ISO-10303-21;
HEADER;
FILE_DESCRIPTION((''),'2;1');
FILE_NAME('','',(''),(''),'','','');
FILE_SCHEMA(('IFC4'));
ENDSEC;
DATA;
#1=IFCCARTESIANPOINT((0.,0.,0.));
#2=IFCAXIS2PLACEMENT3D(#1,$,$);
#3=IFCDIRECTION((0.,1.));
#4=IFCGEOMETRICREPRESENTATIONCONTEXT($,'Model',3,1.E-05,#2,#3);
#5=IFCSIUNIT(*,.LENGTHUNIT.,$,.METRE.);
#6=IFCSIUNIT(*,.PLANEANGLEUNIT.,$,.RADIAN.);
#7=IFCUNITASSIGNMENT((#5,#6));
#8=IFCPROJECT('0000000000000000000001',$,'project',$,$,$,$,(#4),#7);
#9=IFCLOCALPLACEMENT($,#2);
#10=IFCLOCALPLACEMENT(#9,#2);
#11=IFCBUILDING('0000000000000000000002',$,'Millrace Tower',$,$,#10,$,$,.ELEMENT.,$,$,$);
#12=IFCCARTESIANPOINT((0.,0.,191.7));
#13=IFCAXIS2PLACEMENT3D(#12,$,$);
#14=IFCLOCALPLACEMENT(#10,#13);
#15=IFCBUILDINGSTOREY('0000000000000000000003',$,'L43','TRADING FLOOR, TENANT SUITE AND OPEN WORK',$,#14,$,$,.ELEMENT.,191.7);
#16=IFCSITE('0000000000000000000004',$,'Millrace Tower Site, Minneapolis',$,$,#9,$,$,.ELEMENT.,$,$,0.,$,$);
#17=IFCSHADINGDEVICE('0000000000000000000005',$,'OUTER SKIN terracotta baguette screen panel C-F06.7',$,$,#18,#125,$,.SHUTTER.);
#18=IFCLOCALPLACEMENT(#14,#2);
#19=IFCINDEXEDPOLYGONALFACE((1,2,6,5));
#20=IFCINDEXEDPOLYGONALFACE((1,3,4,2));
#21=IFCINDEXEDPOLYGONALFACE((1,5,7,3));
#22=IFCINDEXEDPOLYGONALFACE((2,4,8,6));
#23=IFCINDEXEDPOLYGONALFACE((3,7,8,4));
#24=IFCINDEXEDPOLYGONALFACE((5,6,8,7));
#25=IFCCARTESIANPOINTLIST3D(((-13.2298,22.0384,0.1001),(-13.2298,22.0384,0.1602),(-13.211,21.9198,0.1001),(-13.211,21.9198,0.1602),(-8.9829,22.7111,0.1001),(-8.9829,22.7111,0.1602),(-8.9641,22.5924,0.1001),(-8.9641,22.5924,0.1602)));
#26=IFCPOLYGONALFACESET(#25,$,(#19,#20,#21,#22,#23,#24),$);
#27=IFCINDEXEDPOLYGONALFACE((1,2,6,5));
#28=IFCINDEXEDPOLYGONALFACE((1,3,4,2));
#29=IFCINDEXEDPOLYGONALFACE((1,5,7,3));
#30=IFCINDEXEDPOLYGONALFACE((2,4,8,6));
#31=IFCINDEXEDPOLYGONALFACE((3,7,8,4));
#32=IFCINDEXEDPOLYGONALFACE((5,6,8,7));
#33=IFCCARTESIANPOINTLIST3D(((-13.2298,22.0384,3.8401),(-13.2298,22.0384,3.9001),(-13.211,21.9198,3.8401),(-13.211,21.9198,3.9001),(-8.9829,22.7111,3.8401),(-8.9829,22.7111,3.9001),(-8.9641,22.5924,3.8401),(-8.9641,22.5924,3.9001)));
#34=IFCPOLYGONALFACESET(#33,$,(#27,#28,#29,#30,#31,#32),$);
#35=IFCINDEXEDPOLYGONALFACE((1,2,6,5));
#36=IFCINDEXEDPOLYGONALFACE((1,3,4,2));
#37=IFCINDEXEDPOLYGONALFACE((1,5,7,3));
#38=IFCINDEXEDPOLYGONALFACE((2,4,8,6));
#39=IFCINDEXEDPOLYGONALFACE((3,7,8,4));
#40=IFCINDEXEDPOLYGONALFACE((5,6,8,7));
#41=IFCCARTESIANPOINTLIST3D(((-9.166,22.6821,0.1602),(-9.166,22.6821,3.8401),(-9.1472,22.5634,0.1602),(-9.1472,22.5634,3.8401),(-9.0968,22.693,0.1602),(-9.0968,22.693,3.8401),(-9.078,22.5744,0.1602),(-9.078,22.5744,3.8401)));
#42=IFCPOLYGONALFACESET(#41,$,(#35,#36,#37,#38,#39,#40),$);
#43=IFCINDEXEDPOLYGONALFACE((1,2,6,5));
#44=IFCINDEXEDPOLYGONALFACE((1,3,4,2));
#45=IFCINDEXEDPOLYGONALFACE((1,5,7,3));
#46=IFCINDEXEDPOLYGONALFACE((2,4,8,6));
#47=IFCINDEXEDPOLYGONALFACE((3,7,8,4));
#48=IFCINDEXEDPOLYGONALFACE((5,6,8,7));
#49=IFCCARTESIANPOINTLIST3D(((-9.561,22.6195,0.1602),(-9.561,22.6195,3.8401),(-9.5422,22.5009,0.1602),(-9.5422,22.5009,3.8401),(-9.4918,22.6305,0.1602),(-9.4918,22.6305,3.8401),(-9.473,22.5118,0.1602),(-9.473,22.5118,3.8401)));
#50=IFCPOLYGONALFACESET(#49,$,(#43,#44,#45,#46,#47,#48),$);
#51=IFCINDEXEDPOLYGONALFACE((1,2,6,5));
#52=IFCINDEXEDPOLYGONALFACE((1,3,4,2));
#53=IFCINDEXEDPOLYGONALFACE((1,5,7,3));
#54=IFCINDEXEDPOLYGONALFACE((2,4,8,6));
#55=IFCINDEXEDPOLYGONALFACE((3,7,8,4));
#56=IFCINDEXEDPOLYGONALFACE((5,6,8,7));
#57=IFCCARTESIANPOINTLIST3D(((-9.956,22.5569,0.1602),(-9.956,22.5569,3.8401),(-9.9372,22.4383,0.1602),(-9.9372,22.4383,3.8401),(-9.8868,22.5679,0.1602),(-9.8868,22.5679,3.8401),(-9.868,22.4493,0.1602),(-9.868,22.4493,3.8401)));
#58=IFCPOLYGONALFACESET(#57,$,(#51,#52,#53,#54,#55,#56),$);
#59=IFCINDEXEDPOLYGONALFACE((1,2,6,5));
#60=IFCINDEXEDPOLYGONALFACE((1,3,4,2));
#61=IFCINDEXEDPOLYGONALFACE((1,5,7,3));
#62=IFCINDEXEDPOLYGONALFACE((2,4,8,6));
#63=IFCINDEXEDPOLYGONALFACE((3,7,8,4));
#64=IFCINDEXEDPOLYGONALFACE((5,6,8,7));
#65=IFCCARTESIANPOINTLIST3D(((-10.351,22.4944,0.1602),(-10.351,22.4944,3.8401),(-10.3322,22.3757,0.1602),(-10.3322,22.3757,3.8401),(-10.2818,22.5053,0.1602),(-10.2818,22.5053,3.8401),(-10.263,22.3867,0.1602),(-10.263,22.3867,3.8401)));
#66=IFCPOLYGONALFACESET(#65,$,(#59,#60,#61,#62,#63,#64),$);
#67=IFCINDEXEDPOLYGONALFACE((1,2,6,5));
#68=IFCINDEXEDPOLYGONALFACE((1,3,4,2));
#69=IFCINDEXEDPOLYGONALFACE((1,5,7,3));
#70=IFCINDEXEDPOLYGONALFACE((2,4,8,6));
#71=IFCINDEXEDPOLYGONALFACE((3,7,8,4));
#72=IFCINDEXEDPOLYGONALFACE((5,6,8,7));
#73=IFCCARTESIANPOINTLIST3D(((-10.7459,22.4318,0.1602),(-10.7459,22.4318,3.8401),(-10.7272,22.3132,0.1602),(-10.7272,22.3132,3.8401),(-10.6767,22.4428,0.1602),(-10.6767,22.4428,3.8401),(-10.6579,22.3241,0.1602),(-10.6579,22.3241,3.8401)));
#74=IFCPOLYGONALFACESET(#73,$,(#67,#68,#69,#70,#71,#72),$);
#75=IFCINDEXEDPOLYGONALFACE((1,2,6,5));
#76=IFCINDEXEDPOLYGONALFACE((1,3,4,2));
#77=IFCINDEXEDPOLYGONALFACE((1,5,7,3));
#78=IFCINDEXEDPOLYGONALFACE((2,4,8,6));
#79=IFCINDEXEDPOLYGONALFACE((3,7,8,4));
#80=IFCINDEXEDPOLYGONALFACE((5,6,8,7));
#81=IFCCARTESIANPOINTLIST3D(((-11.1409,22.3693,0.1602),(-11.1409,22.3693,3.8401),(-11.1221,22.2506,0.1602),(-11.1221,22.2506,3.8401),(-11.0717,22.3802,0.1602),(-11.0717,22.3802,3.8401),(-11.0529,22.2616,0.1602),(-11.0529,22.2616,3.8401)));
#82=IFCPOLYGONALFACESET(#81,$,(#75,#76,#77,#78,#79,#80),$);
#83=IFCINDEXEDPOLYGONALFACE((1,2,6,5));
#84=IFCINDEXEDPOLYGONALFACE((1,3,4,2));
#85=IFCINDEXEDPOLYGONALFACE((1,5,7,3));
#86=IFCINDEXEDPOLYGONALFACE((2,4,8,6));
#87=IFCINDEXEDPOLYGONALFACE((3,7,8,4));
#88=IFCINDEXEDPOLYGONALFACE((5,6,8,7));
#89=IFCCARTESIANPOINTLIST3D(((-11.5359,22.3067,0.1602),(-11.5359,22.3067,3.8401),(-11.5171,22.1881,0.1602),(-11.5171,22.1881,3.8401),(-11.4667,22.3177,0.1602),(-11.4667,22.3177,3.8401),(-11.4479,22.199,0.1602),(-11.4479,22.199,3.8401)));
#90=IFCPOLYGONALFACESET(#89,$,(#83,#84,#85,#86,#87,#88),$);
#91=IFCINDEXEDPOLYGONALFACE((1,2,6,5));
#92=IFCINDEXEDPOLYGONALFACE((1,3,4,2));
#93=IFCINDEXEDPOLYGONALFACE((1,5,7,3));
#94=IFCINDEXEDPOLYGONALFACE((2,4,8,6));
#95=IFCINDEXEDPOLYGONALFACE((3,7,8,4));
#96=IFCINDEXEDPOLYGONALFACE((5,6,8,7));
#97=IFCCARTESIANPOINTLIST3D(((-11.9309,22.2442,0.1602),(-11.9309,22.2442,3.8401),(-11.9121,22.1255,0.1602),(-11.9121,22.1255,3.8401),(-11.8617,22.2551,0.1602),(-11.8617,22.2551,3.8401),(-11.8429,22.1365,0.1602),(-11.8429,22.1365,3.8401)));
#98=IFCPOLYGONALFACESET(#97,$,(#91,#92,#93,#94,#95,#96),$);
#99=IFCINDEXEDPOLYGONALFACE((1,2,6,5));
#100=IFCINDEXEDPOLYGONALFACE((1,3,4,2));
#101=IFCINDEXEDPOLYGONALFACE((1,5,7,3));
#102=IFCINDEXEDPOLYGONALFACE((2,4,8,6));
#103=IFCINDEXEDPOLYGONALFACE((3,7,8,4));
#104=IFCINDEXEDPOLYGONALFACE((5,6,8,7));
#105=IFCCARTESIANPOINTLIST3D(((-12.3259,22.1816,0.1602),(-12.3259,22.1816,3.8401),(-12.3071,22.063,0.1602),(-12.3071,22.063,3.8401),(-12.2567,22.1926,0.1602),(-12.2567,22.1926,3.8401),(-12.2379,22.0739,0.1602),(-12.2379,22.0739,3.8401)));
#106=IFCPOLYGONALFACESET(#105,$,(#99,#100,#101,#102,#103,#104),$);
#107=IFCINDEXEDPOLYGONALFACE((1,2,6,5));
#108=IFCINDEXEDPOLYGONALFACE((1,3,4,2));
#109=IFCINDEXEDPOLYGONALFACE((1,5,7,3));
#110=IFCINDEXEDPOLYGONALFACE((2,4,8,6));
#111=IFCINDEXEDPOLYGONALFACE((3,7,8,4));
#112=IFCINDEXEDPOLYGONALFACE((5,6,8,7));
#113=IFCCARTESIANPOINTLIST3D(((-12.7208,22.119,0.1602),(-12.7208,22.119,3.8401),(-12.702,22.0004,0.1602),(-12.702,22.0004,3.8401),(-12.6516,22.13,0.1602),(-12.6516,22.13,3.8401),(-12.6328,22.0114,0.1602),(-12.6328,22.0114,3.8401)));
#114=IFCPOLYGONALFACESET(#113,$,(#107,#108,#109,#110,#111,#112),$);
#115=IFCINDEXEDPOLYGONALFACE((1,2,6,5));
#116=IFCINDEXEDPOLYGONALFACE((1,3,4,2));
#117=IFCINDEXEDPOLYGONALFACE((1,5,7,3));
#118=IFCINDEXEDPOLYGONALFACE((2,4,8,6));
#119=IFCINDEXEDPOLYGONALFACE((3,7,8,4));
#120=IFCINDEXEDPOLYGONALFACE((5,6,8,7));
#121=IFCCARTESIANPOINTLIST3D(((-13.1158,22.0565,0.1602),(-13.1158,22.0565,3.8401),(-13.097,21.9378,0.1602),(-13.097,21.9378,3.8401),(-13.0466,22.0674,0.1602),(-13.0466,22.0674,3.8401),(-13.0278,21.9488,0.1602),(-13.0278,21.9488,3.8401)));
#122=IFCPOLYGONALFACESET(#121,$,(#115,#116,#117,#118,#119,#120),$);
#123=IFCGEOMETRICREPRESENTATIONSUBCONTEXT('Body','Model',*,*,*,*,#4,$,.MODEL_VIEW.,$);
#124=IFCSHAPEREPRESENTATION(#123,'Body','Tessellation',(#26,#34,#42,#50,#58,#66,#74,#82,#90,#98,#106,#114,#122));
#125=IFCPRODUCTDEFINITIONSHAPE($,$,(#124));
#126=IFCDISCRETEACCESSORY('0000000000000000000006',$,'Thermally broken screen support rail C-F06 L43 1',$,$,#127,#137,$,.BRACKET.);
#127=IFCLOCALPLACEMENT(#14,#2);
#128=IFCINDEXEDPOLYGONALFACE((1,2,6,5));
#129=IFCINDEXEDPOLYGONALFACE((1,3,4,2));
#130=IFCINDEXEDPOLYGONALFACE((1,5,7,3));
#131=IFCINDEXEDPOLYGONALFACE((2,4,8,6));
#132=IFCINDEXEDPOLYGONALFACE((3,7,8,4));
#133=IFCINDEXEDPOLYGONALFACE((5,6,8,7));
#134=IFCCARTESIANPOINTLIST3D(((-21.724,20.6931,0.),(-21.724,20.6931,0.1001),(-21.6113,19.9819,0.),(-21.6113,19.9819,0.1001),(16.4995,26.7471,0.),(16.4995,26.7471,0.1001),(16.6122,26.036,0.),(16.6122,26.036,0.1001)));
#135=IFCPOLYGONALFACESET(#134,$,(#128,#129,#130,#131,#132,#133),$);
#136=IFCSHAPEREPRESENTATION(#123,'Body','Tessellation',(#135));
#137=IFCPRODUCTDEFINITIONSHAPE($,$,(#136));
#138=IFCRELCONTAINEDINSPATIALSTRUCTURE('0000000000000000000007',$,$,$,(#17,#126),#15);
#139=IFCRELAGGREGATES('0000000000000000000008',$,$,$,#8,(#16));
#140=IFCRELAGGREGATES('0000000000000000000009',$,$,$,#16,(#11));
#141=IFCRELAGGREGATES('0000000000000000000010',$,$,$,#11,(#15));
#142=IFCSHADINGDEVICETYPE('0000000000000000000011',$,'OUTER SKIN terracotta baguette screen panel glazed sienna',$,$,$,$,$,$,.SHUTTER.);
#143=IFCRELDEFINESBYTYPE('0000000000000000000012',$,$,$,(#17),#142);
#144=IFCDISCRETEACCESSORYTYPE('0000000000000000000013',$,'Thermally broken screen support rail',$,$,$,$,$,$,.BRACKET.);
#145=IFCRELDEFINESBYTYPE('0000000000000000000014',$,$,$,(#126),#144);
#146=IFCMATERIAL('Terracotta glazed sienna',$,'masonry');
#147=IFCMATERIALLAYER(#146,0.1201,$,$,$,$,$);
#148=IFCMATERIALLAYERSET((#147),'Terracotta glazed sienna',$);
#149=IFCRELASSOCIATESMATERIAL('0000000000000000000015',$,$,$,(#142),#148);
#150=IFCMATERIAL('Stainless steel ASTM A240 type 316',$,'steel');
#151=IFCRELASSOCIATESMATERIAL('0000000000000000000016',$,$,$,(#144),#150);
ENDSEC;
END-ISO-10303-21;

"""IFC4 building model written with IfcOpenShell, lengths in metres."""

from ifc_helpers import new_model, entity, si_unit, direction, frame, frame_2d, origin, origin_2d, place, context, subcontext, project, spatial, rectangle, extrude, source, transform, mapped, material, layer, layer_set, type_object, element, save


model = new_model("IFC4")

# Units and contexts
model_context = context("Model", 3, precision=1e-05, world=origin(), true_north=direction((0.0, 1.0)))
body_context = subcontext(model_context, "Body", "Model", "MODEL_VIEW")
ifc_project = project(units=[si_unit("LENGTHUNIT", "METRE"), si_unit("PLANEANGLEUNIT", "RADIAN")], contexts=[model_context])

# Site, building, storey
site_placement = place(None, origin())
site = spatial("IfcSite", under=ifc_project, at=site_placement, Name="Millrace Tower Site, Minneapolis", CompositionType="ELEMENT", RefElevation=0.0)
building_placement = place(site_placement, origin())
building = spatial("IfcBuilding", under=site, at=building_placement, Name="Millrace Tower", CompositionType="ELEMENT")
storey_placement = place(building_placement, frame((0.0, 0.0, 191.7)))
storey = spatial("IfcBuildingStorey", under=building, at=storey_placement, Name="L43", Description="TRADING FLOOR, TENANT SUITE AND OPEN WORK", CompositionType="ELEMENT", Elevation=191.7)

# Shading device
ifc_material_1 = material(Name="Terracotta glazed sienna", Category="masonry")
ifc_layer_1 = layer(ifc_material_1, 0.1201)
ifc_layer_set_1 = layer_set([ifc_layer_1], Name="Terracotta glazed sienna")
shading_device_type = type_object("IfcShadingDeviceType", Name="OUTER SKIN terracotta baguette screen panel glazed sienna", PredefinedType="SHUTTER", material=ifc_layer_set_1)
cartesian_point = entity("IfcCartesianPoint", [-2.1499, 0.0601])
shared_polyline = entity("IfcPolyline", [cartesian_point, entity("IfcCartesianPoint", [2.1499, 0.0601]), entity("IfcCartesianPoint", [2.1499, -0.0601]), entity("IfcCartesianPoint", [-2.1499, -0.0601]), cartesian_point])
shared_shape = source(origin(), body_context, "Body", "SweptSolid", [
    entity("IfcExtrudedAreaSolid", entity("IfcArbitraryClosedProfileDef", "AREA", None, shared_polyline), entity("IfcAxis2Placement3D", entity("IfcCartesianPoint", [0.0, 0.0, 0.0])), entity("IfcDirection", [0.0, 0.0, 1.0]), 0.0601),
    entity("IfcExtrudedAreaSolid", entity("IfcArbitraryClosedProfileDef", "AREA", None, shared_polyline), entity("IfcAxis2Placement3D", entity("IfcCartesianPoint", [0.0, 0.0, 3.74])), entity("IfcDirection", [0.0, 0.0, 1.0]), 0.0601),
    extrude(rectangle(XDim=0.0701, YDim=0.1201, at=frame_2d((-1.9995, 0.0))), frame((0.0, 0.0, 0.0601)), (0.0, 0.0, 1.0), 3.6799),
    extrude(rectangle(XDim=0.0701, YDim=0.1201, at=frame_2d((-1.5996, 0.0))), frame((0.0, 0.0, 0.0601)), (0.0, 0.0, 1.0), 3.6799),
    extrude(rectangle(XDim=0.0701, YDim=0.1201, at=frame_2d((-1.1997, 0.0))), frame((0.0, 0.0, 0.0601)), (0.0, 0.0, 1.0), 3.6799),
    extrude(rectangle(XDim=0.0701, YDim=0.1201, at=frame_2d((-0.7998, 0.0))), frame((0.0, 0.0, 0.0601)), (0.0, 0.0, 1.0), 3.6799),
    extrude(rectangle(XDim=0.0701, YDim=0.1201, at=frame_2d((-0.3999, 0.0))), frame((0.0, 0.0, 0.0601)), (0.0, 0.0, 1.0), 3.6799),
    extrude(rectangle(XDim=0.0701, YDim=0.1201, at=origin_2d()), frame((0.0, 0.0, 0.0601)), (0.0, 0.0, 1.0), 3.6799),
    extrude(rectangle(XDim=0.0701, YDim=0.1201, at=frame_2d((0.3999, 0.0))), frame((0.0, 0.0, 0.0601)), (0.0, 0.0, 1.0), 3.6799),
    extrude(rectangle(XDim=0.0701, YDim=0.1201, at=frame_2d((0.7998, 0.0))), frame((0.0, 0.0, 0.0601)), (0.0, 0.0, 1.0), 3.6799),
    extrude(rectangle(XDim=0.0701, YDim=0.1201, at=frame_2d((1.1997, 0.0))), frame((0.0, 0.0, 0.0601)), (0.0, 0.0, 1.0), 3.6799),
    extrude(rectangle(XDim=0.0701, YDim=0.1201, at=frame_2d((1.5996, 0.0))), frame((0.0, 0.0, 0.0601)), (0.0, 0.0, 1.0), 3.6799),
    extrude(rectangle(XDim=0.0701, YDim=0.1201, at=frame_2d((1.9995, 0.0))), frame((0.0, 0.0, 0.0601)), (0.0, 0.0, 1.0), 3.6799),
])
for number, where, z_axis, x_axis, name in (
    (1, (-11.0969, 22.3154, 0.1001), (0.0, 0.0, 1.0), (-0.987688, -0.156434, 0.0), "OUTER SKIN terracotta baguette screen panel C-F06.7"),
):
    element("IfcShadingDevice", number, at=place(storey_placement, frame(where, z_axis=z_axis, x_axis=x_axis)), inside=storey, type_object=shading_device_type, Name=name, PredefinedType="SHUTTER", context=body_context, shape_type="MappedRepresentation", body=[
        mapped(shared_shape, transform((0.0, 0.0, 0.0), scale=1.0)),
    ])

# Discrete accessory
ifc_material_2 = material(Name="Stainless steel ASTM A240 type 316", Category="steel")
discrete_accessory_type = type_object("IfcDiscreteAccessoryType", Name="Thermally broken screen support rail", PredefinedType="BRACKET", material=ifc_material_2)
discrete_accessory_placement = place(storey_placement, frame((-2.5559, 23.3645, 0.0), z_axis=(0.0, 0.0, 1.0), x_axis=(-0.987688, -0.156434, 0.0)))
element("IfcDiscreteAccessory", 2, at=discrete_accessory_placement, inside=storey, type_object=discrete_accessory_type, Name="Thermally broken screen support rail C-F06 L43 1", PredefinedType="BRACKET", context=body_context, shape_type="SweptSolid", body=[
    extrude(rectangle(XDim=38.7, YDim=0.72, at=origin_2d()), origin(), (0.0, 0.0, 1.0), 0.1001),
])

save(model, "model.ifc")
